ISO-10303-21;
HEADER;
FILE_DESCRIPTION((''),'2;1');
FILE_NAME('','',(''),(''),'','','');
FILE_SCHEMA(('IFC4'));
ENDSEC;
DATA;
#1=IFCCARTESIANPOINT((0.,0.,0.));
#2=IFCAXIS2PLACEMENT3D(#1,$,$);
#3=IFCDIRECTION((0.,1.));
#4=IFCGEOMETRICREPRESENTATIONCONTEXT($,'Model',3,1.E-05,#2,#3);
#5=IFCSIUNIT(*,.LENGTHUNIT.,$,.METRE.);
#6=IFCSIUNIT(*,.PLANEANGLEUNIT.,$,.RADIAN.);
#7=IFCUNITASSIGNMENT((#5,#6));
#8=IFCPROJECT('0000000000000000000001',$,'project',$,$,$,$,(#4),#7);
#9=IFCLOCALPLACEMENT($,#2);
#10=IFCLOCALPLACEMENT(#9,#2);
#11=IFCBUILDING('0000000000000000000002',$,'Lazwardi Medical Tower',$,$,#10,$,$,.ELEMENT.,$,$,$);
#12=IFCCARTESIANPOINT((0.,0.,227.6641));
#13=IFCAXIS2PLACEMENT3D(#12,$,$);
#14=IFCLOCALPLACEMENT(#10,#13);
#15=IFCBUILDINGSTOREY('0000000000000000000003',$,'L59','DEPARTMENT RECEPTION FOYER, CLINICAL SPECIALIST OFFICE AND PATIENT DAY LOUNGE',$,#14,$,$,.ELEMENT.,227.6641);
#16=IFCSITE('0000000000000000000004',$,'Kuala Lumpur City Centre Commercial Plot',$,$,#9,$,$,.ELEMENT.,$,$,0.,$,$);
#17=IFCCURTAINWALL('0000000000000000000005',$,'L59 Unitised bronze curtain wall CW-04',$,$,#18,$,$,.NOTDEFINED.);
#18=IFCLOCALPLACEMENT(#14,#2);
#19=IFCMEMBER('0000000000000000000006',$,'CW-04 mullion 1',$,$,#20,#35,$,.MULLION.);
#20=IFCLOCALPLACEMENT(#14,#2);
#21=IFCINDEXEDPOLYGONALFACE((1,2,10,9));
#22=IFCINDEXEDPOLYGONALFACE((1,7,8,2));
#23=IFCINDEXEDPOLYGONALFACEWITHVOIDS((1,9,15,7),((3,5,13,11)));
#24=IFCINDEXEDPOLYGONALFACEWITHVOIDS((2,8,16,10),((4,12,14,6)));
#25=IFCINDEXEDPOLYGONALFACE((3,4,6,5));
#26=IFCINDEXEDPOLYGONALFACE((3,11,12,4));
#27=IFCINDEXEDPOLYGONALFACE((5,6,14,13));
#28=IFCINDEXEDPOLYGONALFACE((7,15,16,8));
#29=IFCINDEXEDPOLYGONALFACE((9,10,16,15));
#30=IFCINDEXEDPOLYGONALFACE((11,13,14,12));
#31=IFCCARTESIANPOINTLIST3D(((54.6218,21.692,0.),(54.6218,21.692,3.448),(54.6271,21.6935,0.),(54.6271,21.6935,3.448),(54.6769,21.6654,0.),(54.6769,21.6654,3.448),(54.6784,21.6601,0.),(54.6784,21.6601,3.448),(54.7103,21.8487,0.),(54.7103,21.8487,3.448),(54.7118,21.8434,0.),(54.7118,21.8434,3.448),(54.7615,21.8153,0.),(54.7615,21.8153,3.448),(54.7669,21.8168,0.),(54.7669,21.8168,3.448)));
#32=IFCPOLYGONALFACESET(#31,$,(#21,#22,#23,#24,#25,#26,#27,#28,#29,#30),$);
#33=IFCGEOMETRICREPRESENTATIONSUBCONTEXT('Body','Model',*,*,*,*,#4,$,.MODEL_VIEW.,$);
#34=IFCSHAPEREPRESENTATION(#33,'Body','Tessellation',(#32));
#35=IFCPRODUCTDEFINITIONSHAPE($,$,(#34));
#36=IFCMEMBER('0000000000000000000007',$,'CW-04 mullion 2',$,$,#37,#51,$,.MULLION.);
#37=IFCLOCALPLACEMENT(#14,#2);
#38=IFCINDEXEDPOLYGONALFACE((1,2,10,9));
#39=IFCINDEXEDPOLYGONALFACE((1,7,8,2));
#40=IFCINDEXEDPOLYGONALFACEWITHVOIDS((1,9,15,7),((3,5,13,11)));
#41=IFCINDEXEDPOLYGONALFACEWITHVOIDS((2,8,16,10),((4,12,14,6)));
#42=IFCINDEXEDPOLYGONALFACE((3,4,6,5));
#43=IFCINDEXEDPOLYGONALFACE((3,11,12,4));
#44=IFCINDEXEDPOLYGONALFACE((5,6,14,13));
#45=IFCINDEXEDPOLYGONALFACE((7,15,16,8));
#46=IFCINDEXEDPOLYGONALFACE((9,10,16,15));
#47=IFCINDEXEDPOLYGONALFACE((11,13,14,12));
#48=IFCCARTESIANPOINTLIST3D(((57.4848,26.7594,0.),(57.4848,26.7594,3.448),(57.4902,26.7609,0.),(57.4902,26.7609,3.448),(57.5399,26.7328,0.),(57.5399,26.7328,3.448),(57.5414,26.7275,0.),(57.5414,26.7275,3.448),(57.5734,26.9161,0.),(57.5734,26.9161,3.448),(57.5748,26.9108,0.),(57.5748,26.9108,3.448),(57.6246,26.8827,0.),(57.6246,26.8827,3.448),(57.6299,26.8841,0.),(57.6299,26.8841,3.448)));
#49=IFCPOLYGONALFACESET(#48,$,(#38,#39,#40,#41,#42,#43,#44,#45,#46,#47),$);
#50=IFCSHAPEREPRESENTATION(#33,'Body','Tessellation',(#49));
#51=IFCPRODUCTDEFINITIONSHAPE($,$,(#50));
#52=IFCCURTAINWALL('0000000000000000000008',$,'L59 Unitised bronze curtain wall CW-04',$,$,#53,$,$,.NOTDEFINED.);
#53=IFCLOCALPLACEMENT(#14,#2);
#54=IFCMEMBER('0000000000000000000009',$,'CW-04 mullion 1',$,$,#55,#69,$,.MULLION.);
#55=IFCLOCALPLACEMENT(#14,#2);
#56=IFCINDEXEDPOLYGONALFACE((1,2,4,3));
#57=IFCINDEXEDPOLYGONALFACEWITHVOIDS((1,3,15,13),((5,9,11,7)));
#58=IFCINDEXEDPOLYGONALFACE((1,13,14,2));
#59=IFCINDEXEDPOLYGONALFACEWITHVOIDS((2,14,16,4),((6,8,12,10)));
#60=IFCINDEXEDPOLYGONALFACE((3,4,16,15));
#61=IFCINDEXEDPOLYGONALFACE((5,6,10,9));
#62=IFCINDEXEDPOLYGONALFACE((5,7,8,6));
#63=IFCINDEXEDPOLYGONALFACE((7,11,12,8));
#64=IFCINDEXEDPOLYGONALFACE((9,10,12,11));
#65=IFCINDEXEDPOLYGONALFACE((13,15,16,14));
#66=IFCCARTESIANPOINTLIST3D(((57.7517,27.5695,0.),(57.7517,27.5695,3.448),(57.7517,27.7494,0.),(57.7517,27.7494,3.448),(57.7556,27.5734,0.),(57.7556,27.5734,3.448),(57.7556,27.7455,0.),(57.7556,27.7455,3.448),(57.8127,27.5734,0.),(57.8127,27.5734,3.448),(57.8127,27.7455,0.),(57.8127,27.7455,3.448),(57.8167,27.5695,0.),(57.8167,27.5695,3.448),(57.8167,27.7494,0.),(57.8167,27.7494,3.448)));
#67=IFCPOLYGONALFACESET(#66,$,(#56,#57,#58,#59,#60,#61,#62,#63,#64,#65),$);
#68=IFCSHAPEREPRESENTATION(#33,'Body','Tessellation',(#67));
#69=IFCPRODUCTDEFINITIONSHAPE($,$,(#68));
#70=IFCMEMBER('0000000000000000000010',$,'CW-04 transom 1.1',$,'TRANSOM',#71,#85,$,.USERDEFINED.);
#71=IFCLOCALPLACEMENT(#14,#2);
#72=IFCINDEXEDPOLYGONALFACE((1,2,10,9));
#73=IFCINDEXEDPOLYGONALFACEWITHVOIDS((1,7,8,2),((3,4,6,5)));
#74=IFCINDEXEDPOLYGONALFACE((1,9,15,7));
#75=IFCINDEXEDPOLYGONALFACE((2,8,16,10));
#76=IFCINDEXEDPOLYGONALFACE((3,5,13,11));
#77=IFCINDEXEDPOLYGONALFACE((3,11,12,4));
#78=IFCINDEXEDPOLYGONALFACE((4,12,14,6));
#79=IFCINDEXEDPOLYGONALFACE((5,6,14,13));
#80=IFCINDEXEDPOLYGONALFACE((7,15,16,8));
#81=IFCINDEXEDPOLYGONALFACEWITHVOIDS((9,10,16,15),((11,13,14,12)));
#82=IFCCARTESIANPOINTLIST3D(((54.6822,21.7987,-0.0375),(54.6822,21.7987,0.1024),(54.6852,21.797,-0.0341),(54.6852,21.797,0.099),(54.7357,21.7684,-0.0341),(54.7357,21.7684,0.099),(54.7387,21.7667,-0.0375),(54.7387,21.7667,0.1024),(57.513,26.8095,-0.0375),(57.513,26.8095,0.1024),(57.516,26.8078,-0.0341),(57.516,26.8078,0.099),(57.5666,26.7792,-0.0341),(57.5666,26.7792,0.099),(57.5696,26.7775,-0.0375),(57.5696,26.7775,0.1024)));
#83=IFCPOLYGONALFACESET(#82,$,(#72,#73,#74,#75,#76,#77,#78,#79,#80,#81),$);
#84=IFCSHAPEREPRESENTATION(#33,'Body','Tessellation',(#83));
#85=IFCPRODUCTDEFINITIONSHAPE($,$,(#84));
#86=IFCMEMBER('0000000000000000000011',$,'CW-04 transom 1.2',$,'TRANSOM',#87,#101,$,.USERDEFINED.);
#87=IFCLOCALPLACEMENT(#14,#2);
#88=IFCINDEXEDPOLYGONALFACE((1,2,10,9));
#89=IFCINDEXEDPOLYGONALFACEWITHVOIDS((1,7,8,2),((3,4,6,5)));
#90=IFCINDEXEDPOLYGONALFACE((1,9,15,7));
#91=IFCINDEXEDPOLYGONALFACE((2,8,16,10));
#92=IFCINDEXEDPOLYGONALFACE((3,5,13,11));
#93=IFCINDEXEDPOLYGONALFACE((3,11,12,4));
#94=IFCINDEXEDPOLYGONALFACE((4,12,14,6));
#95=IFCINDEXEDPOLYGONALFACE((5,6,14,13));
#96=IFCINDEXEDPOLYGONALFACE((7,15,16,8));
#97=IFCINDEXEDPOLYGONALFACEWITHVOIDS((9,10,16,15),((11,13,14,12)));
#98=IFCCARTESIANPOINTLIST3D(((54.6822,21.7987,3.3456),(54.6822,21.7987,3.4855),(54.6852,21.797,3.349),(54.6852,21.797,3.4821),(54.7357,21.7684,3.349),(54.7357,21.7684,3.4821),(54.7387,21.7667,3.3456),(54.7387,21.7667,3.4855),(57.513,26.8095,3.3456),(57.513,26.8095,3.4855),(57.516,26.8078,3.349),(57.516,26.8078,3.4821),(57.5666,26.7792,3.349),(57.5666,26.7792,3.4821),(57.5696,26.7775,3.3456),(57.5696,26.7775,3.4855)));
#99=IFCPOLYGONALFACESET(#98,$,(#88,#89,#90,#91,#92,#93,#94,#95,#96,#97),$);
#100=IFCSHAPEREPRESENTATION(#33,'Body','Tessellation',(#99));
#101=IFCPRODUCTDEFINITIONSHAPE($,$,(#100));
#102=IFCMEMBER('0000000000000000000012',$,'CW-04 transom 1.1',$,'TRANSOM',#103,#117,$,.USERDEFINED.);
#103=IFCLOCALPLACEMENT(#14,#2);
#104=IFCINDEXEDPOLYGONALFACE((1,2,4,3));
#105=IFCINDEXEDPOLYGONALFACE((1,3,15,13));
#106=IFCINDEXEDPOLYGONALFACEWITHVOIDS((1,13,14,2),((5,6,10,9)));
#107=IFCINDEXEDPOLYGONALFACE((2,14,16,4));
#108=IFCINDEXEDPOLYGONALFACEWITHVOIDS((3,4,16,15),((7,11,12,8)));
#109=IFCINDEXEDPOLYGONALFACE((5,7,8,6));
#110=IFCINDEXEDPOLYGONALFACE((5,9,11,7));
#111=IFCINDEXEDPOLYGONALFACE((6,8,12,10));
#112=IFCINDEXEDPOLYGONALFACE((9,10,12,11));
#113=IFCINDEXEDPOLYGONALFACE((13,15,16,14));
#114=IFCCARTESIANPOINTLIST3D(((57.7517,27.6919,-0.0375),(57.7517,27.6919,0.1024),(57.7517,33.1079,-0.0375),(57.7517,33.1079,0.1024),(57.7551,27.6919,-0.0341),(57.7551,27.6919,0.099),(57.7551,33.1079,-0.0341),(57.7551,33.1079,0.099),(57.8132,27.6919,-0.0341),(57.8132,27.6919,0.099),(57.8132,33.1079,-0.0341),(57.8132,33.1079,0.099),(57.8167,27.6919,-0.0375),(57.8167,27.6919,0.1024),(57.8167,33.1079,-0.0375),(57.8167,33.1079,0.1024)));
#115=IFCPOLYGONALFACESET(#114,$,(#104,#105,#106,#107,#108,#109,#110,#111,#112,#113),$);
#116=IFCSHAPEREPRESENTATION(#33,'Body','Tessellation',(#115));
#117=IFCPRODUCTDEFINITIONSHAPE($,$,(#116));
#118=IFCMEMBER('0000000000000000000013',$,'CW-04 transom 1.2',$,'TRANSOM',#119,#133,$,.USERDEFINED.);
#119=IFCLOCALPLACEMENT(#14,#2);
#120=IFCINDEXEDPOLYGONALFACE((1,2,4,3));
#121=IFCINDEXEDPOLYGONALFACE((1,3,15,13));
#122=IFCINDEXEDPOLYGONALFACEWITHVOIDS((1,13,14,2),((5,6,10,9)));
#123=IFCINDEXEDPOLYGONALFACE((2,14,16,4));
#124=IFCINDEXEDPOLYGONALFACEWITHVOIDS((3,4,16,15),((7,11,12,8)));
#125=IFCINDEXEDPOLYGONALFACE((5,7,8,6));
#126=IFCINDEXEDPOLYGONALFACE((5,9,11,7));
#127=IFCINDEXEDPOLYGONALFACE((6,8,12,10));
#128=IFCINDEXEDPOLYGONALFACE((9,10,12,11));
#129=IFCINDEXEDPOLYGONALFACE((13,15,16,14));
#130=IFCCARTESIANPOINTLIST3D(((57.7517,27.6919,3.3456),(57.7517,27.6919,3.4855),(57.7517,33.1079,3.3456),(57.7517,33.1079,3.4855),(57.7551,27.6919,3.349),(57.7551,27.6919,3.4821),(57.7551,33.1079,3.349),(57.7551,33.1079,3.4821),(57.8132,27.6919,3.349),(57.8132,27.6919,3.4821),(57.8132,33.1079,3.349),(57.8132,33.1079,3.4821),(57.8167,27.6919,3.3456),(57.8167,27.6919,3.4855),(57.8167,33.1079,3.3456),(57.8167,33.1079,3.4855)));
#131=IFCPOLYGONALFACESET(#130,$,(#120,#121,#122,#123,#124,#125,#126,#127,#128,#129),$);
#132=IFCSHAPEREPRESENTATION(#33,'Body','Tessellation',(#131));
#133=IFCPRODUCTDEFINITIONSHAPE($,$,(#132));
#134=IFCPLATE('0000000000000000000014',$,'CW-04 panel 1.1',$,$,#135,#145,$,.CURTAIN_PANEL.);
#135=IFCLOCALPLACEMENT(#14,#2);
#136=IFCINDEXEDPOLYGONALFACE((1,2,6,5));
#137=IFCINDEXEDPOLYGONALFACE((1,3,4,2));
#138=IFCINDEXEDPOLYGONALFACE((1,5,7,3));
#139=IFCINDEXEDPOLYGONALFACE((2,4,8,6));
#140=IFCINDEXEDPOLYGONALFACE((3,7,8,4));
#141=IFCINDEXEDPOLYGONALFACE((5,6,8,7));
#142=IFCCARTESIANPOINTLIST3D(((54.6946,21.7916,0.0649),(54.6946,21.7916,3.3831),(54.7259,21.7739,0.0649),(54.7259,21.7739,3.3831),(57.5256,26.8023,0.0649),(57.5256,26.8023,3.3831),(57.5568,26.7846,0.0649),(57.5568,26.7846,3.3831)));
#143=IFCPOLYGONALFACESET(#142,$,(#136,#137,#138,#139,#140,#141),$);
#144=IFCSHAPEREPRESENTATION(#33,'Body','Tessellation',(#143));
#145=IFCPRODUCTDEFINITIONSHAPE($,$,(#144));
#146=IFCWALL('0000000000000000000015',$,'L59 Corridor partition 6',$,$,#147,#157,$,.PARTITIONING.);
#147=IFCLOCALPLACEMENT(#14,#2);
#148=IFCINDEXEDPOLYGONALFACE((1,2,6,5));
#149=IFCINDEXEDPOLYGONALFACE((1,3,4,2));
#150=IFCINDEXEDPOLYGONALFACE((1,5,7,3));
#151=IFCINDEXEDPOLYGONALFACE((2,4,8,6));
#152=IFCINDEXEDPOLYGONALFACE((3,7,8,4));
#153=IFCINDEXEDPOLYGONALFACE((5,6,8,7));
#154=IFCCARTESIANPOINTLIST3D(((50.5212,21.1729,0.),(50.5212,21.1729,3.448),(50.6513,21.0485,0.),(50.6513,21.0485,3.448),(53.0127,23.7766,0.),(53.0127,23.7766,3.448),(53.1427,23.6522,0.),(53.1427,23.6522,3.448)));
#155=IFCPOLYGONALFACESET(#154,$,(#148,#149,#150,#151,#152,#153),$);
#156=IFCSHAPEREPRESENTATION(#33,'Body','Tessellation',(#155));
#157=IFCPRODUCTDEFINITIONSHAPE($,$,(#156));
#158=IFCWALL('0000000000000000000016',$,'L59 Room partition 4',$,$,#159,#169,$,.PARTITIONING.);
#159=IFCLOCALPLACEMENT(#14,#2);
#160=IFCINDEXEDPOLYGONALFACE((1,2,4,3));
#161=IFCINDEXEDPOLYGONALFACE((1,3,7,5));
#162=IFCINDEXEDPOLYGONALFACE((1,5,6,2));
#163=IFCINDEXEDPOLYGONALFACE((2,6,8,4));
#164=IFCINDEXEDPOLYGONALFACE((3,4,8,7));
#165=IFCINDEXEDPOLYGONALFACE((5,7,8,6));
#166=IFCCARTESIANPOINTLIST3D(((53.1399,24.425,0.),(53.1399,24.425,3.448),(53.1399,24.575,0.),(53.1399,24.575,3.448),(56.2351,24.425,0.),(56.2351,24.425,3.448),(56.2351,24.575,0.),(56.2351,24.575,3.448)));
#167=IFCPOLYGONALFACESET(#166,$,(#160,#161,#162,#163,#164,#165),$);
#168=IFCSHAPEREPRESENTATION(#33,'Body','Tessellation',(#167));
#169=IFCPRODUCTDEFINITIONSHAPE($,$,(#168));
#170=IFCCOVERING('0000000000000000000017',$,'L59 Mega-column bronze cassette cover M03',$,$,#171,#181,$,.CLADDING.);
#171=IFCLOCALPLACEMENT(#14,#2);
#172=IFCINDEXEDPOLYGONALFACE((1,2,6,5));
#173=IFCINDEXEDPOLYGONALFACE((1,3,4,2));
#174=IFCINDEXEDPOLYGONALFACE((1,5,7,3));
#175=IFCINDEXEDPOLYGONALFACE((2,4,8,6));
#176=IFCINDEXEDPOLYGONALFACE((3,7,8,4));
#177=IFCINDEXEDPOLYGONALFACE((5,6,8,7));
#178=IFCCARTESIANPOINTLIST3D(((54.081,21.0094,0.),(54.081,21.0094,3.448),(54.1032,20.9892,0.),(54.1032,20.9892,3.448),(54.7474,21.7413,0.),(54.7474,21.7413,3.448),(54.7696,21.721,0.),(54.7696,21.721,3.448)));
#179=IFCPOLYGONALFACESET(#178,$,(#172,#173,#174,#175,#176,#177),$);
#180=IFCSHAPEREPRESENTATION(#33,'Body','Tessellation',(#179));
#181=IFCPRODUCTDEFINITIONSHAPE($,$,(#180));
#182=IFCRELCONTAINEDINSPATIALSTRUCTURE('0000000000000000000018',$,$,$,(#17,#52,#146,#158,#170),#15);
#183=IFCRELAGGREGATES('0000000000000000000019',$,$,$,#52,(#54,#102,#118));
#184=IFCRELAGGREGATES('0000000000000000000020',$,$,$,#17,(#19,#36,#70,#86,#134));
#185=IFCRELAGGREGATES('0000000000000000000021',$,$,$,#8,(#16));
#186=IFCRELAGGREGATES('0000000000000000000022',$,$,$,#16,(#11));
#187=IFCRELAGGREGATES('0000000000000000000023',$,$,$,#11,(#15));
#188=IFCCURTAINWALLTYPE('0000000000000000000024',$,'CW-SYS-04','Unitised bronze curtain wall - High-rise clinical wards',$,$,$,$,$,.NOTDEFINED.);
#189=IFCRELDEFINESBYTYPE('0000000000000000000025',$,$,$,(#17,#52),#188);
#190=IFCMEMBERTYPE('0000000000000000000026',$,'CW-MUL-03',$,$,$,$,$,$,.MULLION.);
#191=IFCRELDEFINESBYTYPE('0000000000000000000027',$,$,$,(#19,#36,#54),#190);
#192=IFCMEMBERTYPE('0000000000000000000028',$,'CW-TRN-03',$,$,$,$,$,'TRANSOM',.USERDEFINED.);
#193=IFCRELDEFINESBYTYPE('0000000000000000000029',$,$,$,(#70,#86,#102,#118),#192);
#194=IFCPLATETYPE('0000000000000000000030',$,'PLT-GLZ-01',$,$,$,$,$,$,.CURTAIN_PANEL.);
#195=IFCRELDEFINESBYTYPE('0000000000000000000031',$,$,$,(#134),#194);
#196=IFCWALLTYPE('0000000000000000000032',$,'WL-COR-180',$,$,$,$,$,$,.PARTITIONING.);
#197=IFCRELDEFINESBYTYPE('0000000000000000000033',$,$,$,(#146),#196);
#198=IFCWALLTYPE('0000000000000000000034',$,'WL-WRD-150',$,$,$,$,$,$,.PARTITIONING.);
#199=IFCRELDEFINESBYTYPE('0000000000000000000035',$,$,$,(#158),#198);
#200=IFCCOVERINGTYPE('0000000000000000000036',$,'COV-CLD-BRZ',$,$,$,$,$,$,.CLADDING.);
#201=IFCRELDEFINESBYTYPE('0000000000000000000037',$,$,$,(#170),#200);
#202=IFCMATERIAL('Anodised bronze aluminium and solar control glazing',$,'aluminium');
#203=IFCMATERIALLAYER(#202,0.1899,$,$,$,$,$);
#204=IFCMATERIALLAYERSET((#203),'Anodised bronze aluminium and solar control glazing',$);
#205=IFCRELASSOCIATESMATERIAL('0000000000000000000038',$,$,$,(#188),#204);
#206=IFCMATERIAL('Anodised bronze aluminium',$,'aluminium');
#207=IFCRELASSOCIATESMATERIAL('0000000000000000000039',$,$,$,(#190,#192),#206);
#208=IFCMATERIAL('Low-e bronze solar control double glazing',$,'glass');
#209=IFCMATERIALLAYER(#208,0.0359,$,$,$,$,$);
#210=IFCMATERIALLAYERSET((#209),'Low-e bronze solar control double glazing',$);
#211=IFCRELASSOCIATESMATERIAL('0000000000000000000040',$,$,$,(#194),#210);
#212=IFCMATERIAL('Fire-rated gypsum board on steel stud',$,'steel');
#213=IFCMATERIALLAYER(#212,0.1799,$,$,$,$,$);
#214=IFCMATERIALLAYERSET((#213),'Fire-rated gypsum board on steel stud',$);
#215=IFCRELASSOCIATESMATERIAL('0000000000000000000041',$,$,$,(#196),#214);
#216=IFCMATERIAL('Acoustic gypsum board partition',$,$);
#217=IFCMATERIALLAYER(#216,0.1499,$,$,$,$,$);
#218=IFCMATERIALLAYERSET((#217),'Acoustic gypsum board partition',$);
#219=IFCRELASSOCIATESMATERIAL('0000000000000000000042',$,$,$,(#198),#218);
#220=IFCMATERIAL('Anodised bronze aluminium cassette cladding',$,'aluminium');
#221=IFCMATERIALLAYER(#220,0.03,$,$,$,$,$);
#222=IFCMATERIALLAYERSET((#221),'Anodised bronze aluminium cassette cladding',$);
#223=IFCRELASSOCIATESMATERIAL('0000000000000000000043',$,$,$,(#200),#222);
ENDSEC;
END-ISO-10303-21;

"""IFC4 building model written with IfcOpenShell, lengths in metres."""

from ifc_helpers import new_model, si_unit, direction, frame, frame_2d, origin, origin_2d, place, context, subcontext, project, spatial, rectangle, hollow_rectangle, extrude, material, layer, layer_set, material_profile, profile_set, type_object, element, aggregate, save


model = new_model("IFC4")

# Units and contexts
model_context = context("Model", 3, precision=1e-05, world=origin(), true_north=direction((0.0, 1.0)))
body_context = subcontext(model_context, "Body", "Model", "MODEL_VIEW")
ifc_project = project(units=[si_unit("LENGTHUNIT", "METRE"), si_unit("PLANEANGLEUNIT", "RADIAN")], contexts=[model_context])

# Site, building, storey
site_placement = place(None, origin())
site = spatial("IfcSite", under=ifc_project, at=site_placement, Name="Kuala Lumpur City Centre Commercial Plot", CompositionType="ELEMENT", RefElevation=0.0)
building_placement = place(site_placement, origin())
building = spatial("IfcBuilding", under=site, at=building_placement, Name="Lazwardi Medical Tower", CompositionType="ELEMENT")
storey_placement = place(building_placement, frame((0.0, 0.0, 227.6641)))
storey = spatial("IfcBuildingStorey", under=building, at=storey_placement, Name="L59", Description="DEPARTMENT RECEPTION FOYER, CLINICAL SPECIALIST OFFICE AND PATIENT DAY LOUNGE", CompositionType="ELEMENT", Elevation=227.6641)

# Shared definitions
ifc_material_1 = material(Name="Anodised bronze aluminium and solar control glazing", Category="aluminium")
ifc_layer_1 = layer(ifc_material_1, 0.1899)
ifc_layer_set_1 = layer_set([ifc_layer_1], Name="Anodised bronze aluminium and solar control glazing")
curtain_wall_type = type_object("IfcCurtainWallType", Name="CW-SYS-04", Description="Unitised bronze curtain wall - High-rise clinical wards", PredefinedType="NOTDEFINED", material=ifc_layer_set_1)
ifc_material_2 = material(Name="Anodised bronze aluminium", Category="aluminium")
ifc_material_profile_1 = material_profile(ifc_material_2, hollow_rectangle(XDim=0.0649, YDim=0.1799, WallThickness=0.0039, at=origin_2d()), Name="ALU-MULLION 180x65x4")
ifc_profile_set_1 = profile_set([ifc_material_profile_1], Name="Anodised bronze aluminium")
member_type_1 = type_object("IfcMemberType", Name="CW-MUL-03", PredefinedType="MULLION", material=ifc_profile_set_1)

# Curtain wall, members
curtain_wall_1_placement = place(storey_placement, origin())
curtain_wall_1 = element("IfcCurtainWall", 1, at=curtain_wall_1_placement, inside=storey, type_object=curtain_wall_type, Name="L59 Unitised bronze curtain wall CW-04", PredefinedType="NOTDEFINED")
member_1_placement = place(storey_placement, frame((54.6943, 21.7544, 0.0), z_axis=(0.0, 0.0, 1.0), x_axis=(-0.870651, 0.4919, 0.0)))
member_1 = element("IfcMember", 2, at=member_1_placement, type_object=member_type_1, Name="CW-04 mullion 1", PredefinedType="MULLION", context=body_context, shape_type="SweptSolid", body=[
    extrude(hollow_rectangle(XDim=0.0649, YDim=0.1799, WallThickness=0.0039, at=origin_2d()), origin(), (0.0, 0.0, 1.0), 3.448),
])
member_2_placement = place(storey_placement, frame((57.5574, 26.8218, 0.0), z_axis=(0.0, 0.0, 1.0), x_axis=(-0.870651, 0.4919, 0.0)))
member_2 = element("IfcMember", 3, at=member_2_placement, type_object=member_type_1, Name="CW-04 mullion 2", PredefinedType="MULLION", context=body_context, shape_type="SweptSolid", body=[
    extrude(hollow_rectangle(XDim=0.0649, YDim=0.1799, WallThickness=0.0039, at=origin_2d()), origin(), (0.0, 0.0, 1.0), 3.448),
])

# Curtain wall, member
curtain_wall_2_placement = place(storey_placement, origin())
curtain_wall_2 = element("IfcCurtainWall", 4, at=curtain_wall_2_placement, inside=storey, type_object=curtain_wall_type, Name="L59 Unitised bronze curtain wall CW-04", PredefinedType="NOTDEFINED")
member_3_placement = place(storey_placement, frame((57.7842, 27.6594, 0.0), z_axis=(0.0, 0.0, 1.0), x_axis=(-1.0, 0.0, 0.0)))
member_3 = element("IfcMember", 5, at=member_3_placement, type_object=member_type_1, Name="CW-04 mullion 1", PredefinedType="MULLION", context=body_context, shape_type="SweptSolid", body=[
    extrude(hollow_rectangle(XDim=0.0649, YDim=0.1799, WallThickness=0.0039, at=origin_2d()), origin(), (0.0, 0.0, 1.0), 3.448),
])

# Members
ifc_material_profile_2 = material_profile(ifc_material_2, hollow_rectangle(XDim=0.0649, YDim=0.1399, WallThickness=0.0034, at=origin_2d()), Name="ALU-TRANSOM 140x65x3.5")
ifc_profile_set_2 = profile_set([ifc_material_profile_2], Name="Anodised bronze aluminium")
member_type_2 = type_object("IfcMemberType", Name="CW-TRN-03", ElementType="TRANSOM", PredefinedType="USERDEFINED", material=ifc_profile_set_2)
member_4_placement = place(storey_placement, frame((54.7104, 21.7827, 0.0325), z_axis=(0.49188, 0.870663, 0.0), x_axis=(-0.870663, 0.49188, 0.0)))
member_4 = element("IfcMember", 6, at=member_4_placement, type_object=member_type_2, Name="CW-04 transom 1.1", ObjectType="TRANSOM", PredefinedType="USERDEFINED", context=body_context, shape_type="SweptSolid", body=[
    extrude(hollow_rectangle(XDim=0.0649, YDim=0.1399, WallThickness=0.0034, at=origin_2d()), origin(), (0.0, 0.0, 1.0), 5.7551),
])
member_5_placement = place(storey_placement, frame((54.7104, 21.7827, 3.4155), z_axis=(0.49188, 0.870663, 0.0), x_axis=(-0.870663, 0.49188, 0.0)))
member_5 = element("IfcMember", 7, at=member_5_placement, type_object=member_type_2, Name="CW-04 transom 1.2", ObjectType="TRANSOM", PredefinedType="USERDEFINED", context=body_context, shape_type="SweptSolid", body=[
    extrude(hollow_rectangle(XDim=0.0649, YDim=0.1399, WallThickness=0.0034, at=origin_2d()), origin(), (0.0, 0.0, 1.0), 5.7551),
])
member_6_placement = place(storey_placement, frame((57.7842, 27.6919, 0.0325), z_axis=(0.0, 1.0, 0.0), x_axis=(-1.0, 0.0, 0.0)))
member_6 = element("IfcMember", 8, at=member_6_placement, type_object=member_type_2, Name="CW-04 transom 1.1", ObjectType="TRANSOM", PredefinedType="USERDEFINED", context=body_context, shape_type="SweptSolid", body=[
    extrude(hollow_rectangle(XDim=0.0649, YDim=0.1399, WallThickness=0.0034, at=origin_2d()), origin(), (0.0, 0.0, 1.0), 5.416),
])
member_7_placement = place(storey_placement, frame((57.7842, 27.6919, 3.4155), z_axis=(0.0, 1.0, 0.0), x_axis=(-1.0, 0.0, 0.0)))
member_7 = element("IfcMember", 9, at=member_7_placement, type_object=member_type_2, Name="CW-04 transom 1.2", ObjectType="TRANSOM", PredefinedType="USERDEFINED", context=body_context, shape_type="SweptSolid", body=[
    extrude(hollow_rectangle(XDim=0.0649, YDim=0.1399, WallThickness=0.0034, at=origin_2d()), origin(), (0.0, 0.0, 1.0), 5.416),
])
aggregate(curtain_wall_2, [member_3, member_6, member_7])

# Plate
ifc_material_3 = material(Name="Low-e bronze solar control double glazing", Category="glass")
ifc_layer_2 = layer(ifc_material_3, 0.0359)
ifc_layer_set_2 = layer_set([ifc_layer_2], Name="Low-e bronze solar control double glazing")
plate_type = type_object("IfcPlateType", Name="PLT-GLZ-01", PredefinedType="CURTAIN_PANEL", material=ifc_layer_set_2)
plate_placement = place(storey_placement, frame((56.1257, 24.2881, 0.0649), z_axis=(0.0, 0.0, 1.0), x_axis=(0.4919, 0.870651, 0.0)))
plate = element("IfcPlate", 10, at=plate_placement, type_object=plate_type, Name="CW-04 panel 1.1", PredefinedType="CURTAIN_PANEL", context=body_context, shape_type="SweptSolid", body=[
    extrude(rectangle(XDim=5.7551, YDim=0.0359, at=origin_2d()), origin(), (0.0, 0.0, 1.0), 3.3181),
])
aggregate(curtain_wall_1, [member_1, member_2, member_4, member_5, plate])

# Walls
ifc_material_4 = material(Name="Fire-rated gypsum board on steel stud", Category="steel")
ifc_layer_3 = layer(ifc_material_4, 0.1799)
ifc_layer_set_3 = layer_set([ifc_layer_3], Name="Fire-rated gypsum board on steel stud")
wall_type_1 = type_object("IfcWallType", Name="WL-COR-180", PredefinedType="PARTITIONING", material=ifc_layer_set_3)
wall_1_placement = place(storey_placement, frame((53.0776, 23.7144, 0.0), z_axis=(0.0, 0.0, 1.0), x_axis=(-0.691353, -0.722517, 0.0)))
element("IfcWall", 11, at=wall_1_placement, inside=storey, type_object=wall_type_1, Name="L59 Corridor partition 6", PredefinedType="PARTITIONING", context=body_context, shape_type="SweptSolid", body=[
    extrude(rectangle(XDim=3.6038, YDim=0.1799, at=frame_2d((1.8018, 0.0))), origin(), (0.0, 0.0, 1.0), 3.448),
])
ifc_material_5 = material(Name="Acoustic gypsum board partition")
ifc_layer_4 = layer(ifc_material_5, 0.1499)
ifc_layer_set_4 = layer_set([ifc_layer_4], Name="Acoustic gypsum board partition")
wall_type_2 = type_object("IfcWallType", Name="WL-WRD-150", PredefinedType="PARTITIONING", material=ifc_layer_set_4)
wall_2_placement = place(storey_placement, frame((53.1399, 24.5, 0.0), z_axis=(0.0, 0.0, 1.0), x_axis=(1.0, 0.0, 0.0)))
element("IfcWall", 12, at=wall_2_placement, inside=storey, type_object=wall_type_2, Name="L59 Room partition 4", PredefinedType="PARTITIONING", context=body_context, shape_type="SweptSolid", body=[
    extrude(rectangle(XDim=3.0952, YDim=0.1499, at=frame_2d((1.5476, 0.0))), origin(), (0.0, 0.0, 1.0), 3.448),
])

# Covering
ifc_material_6 = material(Name="Anodised bronze aluminium cassette cladding", Category="aluminium")
ifc_layer_5 = layer(ifc_material_6, 0.03)
ifc_layer_set_5 = layer_set([ifc_layer_5], Name="Anodised bronze aluminium cassette cladding")
covering_type = type_object("IfcCoveringType", Name="COV-CLD-BRZ", PredefinedType="CLADDING", material=ifc_layer_set_5)
covering_1_placement = place(storey_placement, frame((54.4253, 21.3652, 0.0), z_axis=(0.0, 0.0, 1.0), x_axis=(0.673241, 0.739423, 0.0)))
element("IfcCovering", 13, at=covering_1_placement, inside=storey, type_object=covering_type, Name="L59 Mega-column bronze cassette cover M03", PredefinedType="CLADDING", context=body_context, shape_type="SweptSolid", body=[
    extrude(rectangle(XDim=0.9897, YDim=0.03, at=origin_2d()), origin(), (0.0, 0.0, 1.0), 3.448),
])

save(model, "model.ifc")
